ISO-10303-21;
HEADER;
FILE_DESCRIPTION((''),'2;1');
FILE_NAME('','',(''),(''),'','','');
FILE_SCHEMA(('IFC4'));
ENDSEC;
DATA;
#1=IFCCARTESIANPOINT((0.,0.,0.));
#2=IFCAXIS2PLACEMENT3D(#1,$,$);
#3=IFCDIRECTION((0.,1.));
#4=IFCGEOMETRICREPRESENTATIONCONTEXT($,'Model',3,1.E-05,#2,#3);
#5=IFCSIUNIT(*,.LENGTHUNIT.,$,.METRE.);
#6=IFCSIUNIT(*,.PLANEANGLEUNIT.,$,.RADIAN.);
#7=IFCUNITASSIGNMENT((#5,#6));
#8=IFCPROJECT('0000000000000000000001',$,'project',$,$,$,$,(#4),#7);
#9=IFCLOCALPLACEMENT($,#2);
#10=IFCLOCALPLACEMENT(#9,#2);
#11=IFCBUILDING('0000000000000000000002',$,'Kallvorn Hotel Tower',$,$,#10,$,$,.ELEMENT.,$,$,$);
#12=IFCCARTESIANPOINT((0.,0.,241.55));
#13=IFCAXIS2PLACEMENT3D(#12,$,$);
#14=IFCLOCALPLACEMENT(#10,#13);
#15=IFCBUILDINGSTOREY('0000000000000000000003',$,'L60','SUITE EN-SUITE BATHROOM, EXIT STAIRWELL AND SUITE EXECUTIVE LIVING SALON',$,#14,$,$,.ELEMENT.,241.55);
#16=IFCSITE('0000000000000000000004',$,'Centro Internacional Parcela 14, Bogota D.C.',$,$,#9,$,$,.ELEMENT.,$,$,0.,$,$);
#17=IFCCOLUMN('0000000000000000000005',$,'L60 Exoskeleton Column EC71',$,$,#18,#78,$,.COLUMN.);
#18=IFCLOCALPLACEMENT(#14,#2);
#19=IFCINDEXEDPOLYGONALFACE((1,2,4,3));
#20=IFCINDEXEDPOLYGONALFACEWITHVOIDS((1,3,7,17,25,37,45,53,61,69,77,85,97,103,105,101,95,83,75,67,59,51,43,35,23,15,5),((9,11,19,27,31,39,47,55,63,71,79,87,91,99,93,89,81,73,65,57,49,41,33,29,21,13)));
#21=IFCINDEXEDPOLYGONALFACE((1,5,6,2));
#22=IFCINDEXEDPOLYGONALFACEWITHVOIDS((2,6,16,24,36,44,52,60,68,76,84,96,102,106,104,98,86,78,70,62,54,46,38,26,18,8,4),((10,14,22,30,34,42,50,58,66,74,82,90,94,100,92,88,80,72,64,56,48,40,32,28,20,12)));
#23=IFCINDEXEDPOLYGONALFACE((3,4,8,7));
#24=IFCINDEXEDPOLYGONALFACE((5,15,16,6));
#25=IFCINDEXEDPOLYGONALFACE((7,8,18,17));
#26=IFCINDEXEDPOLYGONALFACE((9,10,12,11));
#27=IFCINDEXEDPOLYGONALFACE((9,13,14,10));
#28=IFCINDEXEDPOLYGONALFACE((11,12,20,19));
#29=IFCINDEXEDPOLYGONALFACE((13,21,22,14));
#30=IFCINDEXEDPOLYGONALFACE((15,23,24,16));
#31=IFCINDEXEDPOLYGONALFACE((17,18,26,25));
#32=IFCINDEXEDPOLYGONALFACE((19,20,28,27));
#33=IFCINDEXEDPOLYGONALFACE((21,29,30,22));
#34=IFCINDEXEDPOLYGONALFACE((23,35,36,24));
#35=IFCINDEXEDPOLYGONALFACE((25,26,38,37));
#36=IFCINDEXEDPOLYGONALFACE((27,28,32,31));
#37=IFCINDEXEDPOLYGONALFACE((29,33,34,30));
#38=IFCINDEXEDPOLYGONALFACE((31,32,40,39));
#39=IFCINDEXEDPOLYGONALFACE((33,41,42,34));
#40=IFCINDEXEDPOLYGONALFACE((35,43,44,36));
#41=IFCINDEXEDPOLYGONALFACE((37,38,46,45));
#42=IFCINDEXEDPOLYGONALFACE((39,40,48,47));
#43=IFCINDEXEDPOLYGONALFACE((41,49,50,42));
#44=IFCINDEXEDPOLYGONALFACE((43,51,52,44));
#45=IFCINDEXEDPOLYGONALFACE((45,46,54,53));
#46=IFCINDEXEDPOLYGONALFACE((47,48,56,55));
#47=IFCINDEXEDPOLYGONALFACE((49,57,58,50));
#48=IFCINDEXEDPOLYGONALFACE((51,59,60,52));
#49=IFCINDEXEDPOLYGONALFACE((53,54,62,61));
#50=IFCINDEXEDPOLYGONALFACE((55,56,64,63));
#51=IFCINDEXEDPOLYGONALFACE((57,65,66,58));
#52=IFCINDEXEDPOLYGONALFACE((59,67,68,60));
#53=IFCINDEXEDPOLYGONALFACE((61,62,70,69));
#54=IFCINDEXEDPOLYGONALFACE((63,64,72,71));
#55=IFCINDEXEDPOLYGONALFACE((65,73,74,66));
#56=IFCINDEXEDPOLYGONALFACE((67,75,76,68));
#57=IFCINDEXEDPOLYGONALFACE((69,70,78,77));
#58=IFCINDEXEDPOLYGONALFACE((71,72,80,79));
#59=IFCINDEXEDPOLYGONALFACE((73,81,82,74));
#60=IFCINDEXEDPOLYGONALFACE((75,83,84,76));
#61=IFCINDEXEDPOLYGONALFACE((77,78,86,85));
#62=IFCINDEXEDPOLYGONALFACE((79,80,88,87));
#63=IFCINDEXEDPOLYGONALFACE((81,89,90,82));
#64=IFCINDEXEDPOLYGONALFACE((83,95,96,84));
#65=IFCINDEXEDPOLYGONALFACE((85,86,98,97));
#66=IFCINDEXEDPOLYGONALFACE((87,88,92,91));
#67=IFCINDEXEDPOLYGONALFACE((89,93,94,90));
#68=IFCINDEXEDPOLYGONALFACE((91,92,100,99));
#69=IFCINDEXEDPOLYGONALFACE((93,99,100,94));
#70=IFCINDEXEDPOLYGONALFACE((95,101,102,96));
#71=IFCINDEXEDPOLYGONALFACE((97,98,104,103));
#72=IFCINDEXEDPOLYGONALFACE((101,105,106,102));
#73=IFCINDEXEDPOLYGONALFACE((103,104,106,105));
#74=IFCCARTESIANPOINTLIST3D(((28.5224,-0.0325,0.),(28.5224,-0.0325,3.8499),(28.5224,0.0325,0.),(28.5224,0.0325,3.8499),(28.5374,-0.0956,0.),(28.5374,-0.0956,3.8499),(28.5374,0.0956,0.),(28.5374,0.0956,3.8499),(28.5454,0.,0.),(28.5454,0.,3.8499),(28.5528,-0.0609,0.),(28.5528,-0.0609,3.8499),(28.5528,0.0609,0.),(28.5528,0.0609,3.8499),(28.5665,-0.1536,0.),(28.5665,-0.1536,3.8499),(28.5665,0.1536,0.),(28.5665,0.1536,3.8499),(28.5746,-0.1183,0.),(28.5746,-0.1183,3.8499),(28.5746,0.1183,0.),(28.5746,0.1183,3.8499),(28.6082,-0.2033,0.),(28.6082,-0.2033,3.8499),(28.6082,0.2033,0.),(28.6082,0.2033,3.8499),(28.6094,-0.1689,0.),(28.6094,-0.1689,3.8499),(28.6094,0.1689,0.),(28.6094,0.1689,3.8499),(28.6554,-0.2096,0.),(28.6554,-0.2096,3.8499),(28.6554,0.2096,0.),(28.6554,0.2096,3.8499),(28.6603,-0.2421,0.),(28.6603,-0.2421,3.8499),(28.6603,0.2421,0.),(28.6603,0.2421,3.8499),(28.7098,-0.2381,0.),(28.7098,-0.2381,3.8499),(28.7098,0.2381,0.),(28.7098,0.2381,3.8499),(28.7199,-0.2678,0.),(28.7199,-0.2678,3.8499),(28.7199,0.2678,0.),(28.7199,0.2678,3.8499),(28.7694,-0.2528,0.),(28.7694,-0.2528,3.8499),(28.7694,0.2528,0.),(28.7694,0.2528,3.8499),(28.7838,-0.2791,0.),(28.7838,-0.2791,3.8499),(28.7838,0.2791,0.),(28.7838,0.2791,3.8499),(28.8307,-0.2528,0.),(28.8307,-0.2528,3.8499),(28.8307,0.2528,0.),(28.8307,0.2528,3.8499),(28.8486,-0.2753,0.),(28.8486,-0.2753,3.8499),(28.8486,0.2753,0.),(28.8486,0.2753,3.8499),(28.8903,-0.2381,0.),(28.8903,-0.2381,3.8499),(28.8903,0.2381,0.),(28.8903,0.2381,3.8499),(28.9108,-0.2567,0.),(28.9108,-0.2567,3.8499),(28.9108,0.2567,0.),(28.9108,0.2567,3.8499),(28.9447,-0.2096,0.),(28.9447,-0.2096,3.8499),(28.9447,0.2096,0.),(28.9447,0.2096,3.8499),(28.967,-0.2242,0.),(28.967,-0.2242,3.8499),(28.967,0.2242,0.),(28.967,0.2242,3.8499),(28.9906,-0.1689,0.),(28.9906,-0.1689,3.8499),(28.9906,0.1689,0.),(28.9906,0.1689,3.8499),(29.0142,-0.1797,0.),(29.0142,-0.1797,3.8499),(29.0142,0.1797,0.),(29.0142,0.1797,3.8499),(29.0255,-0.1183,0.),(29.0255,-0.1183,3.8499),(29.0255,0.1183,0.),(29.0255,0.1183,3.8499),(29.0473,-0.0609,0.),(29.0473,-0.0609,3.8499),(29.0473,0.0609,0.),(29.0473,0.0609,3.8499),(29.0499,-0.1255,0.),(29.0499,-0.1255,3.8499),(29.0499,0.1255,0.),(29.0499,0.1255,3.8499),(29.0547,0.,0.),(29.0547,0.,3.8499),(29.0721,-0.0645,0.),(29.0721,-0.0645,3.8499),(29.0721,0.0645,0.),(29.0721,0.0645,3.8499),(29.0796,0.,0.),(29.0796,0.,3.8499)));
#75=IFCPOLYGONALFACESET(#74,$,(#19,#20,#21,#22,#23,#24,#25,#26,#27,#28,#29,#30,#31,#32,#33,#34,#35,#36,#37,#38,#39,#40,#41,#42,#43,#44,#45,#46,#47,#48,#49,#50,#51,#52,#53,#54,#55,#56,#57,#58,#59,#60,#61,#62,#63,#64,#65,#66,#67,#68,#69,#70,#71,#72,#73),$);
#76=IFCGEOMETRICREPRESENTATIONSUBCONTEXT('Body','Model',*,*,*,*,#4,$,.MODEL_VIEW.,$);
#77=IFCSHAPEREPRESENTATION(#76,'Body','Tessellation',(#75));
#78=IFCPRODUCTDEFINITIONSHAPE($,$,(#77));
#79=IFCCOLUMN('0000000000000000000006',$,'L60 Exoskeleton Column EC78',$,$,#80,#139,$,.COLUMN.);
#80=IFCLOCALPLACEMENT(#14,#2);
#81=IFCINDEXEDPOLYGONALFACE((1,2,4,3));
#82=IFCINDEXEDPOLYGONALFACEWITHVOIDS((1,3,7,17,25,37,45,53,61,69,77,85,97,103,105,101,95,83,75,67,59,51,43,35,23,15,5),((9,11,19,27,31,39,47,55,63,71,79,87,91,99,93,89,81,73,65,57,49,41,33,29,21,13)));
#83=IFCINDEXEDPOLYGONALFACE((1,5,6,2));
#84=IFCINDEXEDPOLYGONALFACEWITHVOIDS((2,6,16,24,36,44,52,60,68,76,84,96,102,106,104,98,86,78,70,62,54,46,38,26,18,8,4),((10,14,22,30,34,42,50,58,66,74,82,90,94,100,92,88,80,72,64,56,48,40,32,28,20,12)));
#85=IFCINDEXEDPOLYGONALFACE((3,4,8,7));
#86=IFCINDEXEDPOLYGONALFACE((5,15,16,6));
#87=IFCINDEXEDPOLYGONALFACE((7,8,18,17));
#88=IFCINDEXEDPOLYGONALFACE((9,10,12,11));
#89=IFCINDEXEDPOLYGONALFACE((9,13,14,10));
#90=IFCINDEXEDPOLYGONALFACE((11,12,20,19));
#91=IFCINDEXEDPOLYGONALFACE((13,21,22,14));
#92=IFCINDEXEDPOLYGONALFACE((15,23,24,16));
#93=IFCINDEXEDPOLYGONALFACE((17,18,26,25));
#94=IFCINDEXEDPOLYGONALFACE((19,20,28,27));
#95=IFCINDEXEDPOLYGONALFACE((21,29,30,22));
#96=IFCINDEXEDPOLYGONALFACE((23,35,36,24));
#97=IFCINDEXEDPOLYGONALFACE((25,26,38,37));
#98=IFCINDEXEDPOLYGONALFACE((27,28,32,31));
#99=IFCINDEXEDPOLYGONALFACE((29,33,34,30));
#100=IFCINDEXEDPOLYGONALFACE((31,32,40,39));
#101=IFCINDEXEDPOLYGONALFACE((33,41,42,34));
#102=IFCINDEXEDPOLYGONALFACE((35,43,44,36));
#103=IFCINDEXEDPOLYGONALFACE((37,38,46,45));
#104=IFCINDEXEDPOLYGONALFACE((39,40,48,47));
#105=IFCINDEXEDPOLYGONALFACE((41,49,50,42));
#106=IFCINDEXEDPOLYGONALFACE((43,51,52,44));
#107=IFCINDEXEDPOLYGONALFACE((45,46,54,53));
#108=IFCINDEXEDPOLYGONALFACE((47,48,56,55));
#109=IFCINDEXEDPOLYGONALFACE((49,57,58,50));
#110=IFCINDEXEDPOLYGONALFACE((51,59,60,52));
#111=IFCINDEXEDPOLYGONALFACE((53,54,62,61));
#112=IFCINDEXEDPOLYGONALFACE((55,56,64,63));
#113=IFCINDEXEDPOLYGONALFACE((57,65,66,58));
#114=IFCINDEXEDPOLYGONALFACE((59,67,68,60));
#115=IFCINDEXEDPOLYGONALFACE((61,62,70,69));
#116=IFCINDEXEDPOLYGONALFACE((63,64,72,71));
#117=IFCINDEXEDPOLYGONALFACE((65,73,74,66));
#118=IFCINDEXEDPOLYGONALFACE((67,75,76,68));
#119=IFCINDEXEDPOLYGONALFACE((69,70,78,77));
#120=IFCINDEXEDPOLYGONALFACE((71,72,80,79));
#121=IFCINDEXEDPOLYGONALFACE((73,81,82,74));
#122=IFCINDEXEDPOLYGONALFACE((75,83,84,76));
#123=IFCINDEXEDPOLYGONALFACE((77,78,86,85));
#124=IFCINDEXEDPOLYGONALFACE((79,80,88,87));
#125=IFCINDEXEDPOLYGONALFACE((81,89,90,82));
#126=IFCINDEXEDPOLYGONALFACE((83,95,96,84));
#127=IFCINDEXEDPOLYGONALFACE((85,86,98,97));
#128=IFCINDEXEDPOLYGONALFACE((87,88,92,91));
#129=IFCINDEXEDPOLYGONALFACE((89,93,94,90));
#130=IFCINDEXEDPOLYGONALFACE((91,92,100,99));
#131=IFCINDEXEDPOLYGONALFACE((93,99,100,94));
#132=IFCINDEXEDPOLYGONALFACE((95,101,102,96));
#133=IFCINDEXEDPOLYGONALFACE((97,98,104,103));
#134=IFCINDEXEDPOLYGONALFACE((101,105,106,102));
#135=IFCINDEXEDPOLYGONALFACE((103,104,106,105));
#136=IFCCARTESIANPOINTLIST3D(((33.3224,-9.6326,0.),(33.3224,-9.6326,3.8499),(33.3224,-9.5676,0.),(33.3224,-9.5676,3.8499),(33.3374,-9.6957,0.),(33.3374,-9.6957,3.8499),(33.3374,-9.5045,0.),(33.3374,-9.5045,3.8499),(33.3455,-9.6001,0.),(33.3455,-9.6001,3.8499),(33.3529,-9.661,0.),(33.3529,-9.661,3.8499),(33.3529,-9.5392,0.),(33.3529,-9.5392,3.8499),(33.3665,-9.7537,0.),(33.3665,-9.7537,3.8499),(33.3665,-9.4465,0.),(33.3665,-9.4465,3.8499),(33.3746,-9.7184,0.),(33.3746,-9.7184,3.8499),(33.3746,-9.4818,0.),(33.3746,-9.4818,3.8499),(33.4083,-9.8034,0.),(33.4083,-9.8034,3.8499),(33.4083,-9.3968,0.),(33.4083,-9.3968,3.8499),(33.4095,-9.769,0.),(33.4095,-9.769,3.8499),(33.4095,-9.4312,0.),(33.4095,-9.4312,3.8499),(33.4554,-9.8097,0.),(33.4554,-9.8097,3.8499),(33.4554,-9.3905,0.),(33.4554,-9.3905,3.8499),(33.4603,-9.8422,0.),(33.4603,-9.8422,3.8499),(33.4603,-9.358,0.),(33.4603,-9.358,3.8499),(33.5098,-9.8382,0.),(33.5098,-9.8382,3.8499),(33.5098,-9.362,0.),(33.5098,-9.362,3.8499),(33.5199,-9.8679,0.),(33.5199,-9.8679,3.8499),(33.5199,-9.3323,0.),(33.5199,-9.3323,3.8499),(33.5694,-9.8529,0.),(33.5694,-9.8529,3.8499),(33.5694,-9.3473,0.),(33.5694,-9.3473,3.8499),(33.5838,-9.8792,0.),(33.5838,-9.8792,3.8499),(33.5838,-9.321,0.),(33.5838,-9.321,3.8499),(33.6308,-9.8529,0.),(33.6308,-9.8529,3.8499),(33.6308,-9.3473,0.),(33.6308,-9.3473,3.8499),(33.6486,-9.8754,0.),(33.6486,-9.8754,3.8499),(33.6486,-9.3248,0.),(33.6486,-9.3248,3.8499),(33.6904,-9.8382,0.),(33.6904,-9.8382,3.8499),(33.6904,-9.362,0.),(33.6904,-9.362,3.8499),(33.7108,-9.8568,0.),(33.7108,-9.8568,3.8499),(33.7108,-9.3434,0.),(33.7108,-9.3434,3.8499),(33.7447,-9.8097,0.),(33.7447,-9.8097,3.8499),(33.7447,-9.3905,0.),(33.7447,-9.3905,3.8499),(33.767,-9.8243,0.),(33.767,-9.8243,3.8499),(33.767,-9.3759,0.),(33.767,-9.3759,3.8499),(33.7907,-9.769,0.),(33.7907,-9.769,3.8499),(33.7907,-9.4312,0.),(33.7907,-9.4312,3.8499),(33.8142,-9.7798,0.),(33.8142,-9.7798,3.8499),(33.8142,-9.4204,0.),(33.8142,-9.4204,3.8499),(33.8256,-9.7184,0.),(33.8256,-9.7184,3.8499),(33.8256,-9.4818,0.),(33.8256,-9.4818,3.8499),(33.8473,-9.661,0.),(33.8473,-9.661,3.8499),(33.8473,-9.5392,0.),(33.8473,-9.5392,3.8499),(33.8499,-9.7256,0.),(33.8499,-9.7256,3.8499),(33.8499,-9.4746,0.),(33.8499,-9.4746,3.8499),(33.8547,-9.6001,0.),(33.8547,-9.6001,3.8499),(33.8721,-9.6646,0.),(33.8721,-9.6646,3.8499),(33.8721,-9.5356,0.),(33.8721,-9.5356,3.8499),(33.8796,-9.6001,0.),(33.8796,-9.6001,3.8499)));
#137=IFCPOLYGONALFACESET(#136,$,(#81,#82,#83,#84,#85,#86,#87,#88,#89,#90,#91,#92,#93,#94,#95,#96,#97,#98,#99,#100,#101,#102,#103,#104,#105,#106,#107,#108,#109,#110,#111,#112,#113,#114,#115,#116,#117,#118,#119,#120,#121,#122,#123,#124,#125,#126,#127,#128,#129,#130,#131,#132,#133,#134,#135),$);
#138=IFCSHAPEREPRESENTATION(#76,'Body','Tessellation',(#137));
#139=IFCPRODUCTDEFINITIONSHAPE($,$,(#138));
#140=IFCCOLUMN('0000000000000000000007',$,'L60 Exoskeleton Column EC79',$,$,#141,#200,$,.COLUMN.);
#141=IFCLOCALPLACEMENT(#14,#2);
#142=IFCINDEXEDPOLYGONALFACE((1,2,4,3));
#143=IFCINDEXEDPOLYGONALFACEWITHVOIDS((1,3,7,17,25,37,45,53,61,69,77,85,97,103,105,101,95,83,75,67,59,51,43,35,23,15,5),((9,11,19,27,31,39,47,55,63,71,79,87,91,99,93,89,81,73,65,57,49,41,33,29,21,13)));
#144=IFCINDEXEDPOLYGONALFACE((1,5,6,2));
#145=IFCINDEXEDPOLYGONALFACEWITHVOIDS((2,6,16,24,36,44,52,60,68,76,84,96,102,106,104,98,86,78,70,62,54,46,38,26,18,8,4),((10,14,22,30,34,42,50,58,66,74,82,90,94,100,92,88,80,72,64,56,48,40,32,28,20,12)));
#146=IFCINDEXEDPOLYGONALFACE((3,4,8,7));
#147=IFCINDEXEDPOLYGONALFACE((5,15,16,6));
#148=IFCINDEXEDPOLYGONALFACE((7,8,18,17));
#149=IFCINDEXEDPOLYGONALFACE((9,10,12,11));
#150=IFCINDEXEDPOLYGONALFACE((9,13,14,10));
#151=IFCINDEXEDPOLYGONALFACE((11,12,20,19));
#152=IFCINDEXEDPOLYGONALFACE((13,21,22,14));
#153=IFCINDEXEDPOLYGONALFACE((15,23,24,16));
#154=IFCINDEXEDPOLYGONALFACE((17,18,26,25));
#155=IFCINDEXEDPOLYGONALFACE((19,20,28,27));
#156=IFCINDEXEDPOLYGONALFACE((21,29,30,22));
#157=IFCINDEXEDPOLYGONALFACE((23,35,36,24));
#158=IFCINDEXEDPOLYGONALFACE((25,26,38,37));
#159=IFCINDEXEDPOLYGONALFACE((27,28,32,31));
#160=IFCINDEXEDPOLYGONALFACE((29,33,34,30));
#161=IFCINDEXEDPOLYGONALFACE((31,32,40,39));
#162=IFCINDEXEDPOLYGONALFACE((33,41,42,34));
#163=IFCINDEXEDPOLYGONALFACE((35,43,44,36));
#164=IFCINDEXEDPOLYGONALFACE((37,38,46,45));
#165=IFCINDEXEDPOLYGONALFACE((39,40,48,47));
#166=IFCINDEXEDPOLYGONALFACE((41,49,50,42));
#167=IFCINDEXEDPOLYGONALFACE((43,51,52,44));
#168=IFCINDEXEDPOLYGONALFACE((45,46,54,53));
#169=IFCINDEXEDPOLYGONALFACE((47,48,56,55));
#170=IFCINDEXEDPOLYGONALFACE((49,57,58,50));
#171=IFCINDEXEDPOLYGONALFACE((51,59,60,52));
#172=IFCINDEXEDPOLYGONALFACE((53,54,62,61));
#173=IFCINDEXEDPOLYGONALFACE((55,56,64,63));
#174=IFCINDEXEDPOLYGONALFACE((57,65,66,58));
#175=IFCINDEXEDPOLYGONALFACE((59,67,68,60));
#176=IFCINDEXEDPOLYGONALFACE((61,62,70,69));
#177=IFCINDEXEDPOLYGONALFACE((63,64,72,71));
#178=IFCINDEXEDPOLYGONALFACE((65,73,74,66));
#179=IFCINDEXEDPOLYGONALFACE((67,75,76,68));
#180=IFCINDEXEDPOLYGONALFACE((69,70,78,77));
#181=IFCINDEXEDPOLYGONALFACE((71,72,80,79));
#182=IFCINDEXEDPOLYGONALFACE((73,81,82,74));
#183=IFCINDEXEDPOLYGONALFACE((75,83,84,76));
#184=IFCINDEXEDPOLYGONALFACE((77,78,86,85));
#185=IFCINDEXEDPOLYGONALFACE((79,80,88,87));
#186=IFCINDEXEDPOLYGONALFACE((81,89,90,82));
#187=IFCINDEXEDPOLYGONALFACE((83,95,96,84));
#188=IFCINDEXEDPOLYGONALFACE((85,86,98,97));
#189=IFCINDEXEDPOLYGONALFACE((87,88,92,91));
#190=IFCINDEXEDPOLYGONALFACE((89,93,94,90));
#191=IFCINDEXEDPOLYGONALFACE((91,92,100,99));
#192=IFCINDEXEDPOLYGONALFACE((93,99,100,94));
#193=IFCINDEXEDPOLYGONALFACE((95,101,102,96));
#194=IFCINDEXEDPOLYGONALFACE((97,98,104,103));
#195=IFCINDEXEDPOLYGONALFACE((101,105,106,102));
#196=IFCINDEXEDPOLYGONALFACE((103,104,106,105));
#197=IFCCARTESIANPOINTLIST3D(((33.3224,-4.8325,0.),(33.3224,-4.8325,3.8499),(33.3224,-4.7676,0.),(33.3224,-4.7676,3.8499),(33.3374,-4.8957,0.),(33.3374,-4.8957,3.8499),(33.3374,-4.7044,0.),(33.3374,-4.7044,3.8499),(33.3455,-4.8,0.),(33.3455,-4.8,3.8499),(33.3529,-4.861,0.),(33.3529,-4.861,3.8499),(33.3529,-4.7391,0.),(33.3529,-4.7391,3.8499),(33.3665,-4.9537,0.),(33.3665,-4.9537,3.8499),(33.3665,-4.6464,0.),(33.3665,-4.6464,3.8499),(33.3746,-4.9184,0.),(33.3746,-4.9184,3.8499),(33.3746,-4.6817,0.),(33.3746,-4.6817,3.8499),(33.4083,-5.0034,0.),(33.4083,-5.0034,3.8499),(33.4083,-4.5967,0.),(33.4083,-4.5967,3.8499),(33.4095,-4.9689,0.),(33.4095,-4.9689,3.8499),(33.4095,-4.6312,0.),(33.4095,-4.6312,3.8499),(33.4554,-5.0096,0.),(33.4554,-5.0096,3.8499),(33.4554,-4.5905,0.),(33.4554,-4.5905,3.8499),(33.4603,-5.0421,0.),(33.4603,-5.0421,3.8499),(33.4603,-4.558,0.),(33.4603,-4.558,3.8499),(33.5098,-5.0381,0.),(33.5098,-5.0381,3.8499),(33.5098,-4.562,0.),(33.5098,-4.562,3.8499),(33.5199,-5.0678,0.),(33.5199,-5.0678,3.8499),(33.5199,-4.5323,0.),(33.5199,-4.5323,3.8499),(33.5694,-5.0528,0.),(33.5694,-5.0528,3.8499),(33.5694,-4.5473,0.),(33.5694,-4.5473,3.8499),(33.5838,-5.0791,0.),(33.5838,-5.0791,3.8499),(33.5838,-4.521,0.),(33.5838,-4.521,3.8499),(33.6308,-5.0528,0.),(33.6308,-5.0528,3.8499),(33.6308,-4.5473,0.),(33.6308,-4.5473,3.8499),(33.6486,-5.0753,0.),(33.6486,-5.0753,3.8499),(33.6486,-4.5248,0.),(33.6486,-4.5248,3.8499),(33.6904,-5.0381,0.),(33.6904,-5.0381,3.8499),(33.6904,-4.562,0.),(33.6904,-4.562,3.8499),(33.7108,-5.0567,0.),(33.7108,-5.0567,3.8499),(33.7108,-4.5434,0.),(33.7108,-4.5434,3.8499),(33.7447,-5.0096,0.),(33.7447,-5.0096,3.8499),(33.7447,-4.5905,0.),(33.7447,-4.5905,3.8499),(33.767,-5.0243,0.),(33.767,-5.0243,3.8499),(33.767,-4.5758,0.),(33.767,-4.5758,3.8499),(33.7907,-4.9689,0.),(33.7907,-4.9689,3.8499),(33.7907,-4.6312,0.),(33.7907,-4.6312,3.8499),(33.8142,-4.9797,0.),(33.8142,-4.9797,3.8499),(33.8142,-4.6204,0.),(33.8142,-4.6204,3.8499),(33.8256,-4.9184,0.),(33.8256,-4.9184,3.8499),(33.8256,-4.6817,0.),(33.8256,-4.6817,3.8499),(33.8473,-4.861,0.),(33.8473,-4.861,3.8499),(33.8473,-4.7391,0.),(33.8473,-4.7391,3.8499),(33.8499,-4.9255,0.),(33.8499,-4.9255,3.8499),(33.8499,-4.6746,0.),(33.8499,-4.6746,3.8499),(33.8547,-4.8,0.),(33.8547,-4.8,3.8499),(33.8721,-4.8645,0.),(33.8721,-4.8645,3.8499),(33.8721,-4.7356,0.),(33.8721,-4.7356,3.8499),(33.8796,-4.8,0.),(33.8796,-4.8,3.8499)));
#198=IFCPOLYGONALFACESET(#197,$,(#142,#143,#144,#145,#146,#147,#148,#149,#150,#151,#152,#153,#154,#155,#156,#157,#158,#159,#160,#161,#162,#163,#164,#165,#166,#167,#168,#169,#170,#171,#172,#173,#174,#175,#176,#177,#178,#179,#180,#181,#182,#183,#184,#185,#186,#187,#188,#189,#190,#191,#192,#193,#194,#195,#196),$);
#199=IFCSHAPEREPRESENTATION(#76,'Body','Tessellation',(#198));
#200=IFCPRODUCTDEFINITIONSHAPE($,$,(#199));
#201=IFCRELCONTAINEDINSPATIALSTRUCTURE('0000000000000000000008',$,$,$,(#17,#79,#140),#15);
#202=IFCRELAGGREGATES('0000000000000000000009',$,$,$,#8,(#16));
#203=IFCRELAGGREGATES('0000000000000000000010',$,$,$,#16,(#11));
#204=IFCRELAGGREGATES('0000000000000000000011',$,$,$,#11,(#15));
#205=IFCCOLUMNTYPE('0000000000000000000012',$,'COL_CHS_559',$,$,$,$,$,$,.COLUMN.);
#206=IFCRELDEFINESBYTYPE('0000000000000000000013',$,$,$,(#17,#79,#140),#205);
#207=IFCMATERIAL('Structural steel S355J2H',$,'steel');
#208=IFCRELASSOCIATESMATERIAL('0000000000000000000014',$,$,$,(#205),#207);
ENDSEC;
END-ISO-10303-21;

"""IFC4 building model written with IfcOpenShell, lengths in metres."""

from ifc_helpers import new_model, si_unit, direction, frame, origin, origin_2d, place, context, subcontext, project, spatial, hollow_circle, extrude, material, material_profile, profile_set, type_object, element, save


model = new_model("IFC4")

# Units and contexts
model_context = context("Model", 3, precision=1e-05, world=origin(), true_north=direction((0.0, 1.0)))
body_context = subcontext(model_context, "Body", "Model", "MODEL_VIEW")
ifc_project = project(units=[si_unit("LENGTHUNIT", "METRE"), si_unit("PLANEANGLEUNIT", "RADIAN")], contexts=[model_context])

# Site, building, storey
site_placement = place(None, origin())
site = spatial("IfcSite", under=ifc_project, at=site_placement, Name="Centro Internacional Parcela 14, Bogota D.C.", CompositionType="ELEMENT", RefElevation=0.0)
building_placement = place(site_placement, origin())
building = spatial("IfcBuilding", under=site, at=building_placement, Name="Kallvorn Hotel Tower", CompositionType="ELEMENT")
storey_placement = place(building_placement, frame((0.0, 0.0, 241.55)))
storey = spatial("IfcBuildingStorey", under=building, at=storey_placement, Name="L60", Description="SUITE EN-SUITE BATHROOM, EXIT STAIRWELL AND SUITE EXECUTIVE LIVING SALON", CompositionType="ELEMENT", Elevation=241.55)

# Columns
ifc_material_1 = material(Name="Structural steel S355J2H", Category="steel")
ifc_material_profile_1 = material_profile(ifc_material_1, hollow_circle(Radius=0.2795, WallThickness=0.0249, at=origin_2d()), Name="CHS 559x25")
ifc_profile_set_1 = profile_set([ifc_material_profile_1], Name="Structural steel S355J2H")
column_type_1 = type_object("IfcColumnType", Name="COL_CHS_559", PredefinedType="COLUMN", material=ifc_profile_set_1)
for number, where, z_axis, x_axis, name in (
    (1, (28.8, 0.0, 0.0), (0.0, 0.0, 1.0), (1.0, 0.0, 0.0), "L60 Exoskeleton Column EC71"),
    (2, (33.6001, -9.6001, 0.0), (0.0, 0.0, 1.0), (1.0, 0.0, 0.0), "L60 Exoskeleton Column EC78"),
    (3, (33.6001, -4.8, 0.0), (0.0, 0.0, 1.0), (1.0, 0.0, 0.0), "L60 Exoskeleton Column EC79"),
):
    element("IfcColumn", number, at=place(storey_placement, frame(where, z_axis=z_axis, x_axis=x_axis)), inside=storey, type_object=column_type_1, Name=name, PredefinedType="COLUMN", context=body_context, shape_type="SweptSolid", body=[
        extrude(hollow_circle(Radius=0.2795, WallThickness=0.0249, at=origin_2d()), origin(), (0.0, 0.0, 1.0), 3.8499),
    ])

save(model, "model.ifc")
